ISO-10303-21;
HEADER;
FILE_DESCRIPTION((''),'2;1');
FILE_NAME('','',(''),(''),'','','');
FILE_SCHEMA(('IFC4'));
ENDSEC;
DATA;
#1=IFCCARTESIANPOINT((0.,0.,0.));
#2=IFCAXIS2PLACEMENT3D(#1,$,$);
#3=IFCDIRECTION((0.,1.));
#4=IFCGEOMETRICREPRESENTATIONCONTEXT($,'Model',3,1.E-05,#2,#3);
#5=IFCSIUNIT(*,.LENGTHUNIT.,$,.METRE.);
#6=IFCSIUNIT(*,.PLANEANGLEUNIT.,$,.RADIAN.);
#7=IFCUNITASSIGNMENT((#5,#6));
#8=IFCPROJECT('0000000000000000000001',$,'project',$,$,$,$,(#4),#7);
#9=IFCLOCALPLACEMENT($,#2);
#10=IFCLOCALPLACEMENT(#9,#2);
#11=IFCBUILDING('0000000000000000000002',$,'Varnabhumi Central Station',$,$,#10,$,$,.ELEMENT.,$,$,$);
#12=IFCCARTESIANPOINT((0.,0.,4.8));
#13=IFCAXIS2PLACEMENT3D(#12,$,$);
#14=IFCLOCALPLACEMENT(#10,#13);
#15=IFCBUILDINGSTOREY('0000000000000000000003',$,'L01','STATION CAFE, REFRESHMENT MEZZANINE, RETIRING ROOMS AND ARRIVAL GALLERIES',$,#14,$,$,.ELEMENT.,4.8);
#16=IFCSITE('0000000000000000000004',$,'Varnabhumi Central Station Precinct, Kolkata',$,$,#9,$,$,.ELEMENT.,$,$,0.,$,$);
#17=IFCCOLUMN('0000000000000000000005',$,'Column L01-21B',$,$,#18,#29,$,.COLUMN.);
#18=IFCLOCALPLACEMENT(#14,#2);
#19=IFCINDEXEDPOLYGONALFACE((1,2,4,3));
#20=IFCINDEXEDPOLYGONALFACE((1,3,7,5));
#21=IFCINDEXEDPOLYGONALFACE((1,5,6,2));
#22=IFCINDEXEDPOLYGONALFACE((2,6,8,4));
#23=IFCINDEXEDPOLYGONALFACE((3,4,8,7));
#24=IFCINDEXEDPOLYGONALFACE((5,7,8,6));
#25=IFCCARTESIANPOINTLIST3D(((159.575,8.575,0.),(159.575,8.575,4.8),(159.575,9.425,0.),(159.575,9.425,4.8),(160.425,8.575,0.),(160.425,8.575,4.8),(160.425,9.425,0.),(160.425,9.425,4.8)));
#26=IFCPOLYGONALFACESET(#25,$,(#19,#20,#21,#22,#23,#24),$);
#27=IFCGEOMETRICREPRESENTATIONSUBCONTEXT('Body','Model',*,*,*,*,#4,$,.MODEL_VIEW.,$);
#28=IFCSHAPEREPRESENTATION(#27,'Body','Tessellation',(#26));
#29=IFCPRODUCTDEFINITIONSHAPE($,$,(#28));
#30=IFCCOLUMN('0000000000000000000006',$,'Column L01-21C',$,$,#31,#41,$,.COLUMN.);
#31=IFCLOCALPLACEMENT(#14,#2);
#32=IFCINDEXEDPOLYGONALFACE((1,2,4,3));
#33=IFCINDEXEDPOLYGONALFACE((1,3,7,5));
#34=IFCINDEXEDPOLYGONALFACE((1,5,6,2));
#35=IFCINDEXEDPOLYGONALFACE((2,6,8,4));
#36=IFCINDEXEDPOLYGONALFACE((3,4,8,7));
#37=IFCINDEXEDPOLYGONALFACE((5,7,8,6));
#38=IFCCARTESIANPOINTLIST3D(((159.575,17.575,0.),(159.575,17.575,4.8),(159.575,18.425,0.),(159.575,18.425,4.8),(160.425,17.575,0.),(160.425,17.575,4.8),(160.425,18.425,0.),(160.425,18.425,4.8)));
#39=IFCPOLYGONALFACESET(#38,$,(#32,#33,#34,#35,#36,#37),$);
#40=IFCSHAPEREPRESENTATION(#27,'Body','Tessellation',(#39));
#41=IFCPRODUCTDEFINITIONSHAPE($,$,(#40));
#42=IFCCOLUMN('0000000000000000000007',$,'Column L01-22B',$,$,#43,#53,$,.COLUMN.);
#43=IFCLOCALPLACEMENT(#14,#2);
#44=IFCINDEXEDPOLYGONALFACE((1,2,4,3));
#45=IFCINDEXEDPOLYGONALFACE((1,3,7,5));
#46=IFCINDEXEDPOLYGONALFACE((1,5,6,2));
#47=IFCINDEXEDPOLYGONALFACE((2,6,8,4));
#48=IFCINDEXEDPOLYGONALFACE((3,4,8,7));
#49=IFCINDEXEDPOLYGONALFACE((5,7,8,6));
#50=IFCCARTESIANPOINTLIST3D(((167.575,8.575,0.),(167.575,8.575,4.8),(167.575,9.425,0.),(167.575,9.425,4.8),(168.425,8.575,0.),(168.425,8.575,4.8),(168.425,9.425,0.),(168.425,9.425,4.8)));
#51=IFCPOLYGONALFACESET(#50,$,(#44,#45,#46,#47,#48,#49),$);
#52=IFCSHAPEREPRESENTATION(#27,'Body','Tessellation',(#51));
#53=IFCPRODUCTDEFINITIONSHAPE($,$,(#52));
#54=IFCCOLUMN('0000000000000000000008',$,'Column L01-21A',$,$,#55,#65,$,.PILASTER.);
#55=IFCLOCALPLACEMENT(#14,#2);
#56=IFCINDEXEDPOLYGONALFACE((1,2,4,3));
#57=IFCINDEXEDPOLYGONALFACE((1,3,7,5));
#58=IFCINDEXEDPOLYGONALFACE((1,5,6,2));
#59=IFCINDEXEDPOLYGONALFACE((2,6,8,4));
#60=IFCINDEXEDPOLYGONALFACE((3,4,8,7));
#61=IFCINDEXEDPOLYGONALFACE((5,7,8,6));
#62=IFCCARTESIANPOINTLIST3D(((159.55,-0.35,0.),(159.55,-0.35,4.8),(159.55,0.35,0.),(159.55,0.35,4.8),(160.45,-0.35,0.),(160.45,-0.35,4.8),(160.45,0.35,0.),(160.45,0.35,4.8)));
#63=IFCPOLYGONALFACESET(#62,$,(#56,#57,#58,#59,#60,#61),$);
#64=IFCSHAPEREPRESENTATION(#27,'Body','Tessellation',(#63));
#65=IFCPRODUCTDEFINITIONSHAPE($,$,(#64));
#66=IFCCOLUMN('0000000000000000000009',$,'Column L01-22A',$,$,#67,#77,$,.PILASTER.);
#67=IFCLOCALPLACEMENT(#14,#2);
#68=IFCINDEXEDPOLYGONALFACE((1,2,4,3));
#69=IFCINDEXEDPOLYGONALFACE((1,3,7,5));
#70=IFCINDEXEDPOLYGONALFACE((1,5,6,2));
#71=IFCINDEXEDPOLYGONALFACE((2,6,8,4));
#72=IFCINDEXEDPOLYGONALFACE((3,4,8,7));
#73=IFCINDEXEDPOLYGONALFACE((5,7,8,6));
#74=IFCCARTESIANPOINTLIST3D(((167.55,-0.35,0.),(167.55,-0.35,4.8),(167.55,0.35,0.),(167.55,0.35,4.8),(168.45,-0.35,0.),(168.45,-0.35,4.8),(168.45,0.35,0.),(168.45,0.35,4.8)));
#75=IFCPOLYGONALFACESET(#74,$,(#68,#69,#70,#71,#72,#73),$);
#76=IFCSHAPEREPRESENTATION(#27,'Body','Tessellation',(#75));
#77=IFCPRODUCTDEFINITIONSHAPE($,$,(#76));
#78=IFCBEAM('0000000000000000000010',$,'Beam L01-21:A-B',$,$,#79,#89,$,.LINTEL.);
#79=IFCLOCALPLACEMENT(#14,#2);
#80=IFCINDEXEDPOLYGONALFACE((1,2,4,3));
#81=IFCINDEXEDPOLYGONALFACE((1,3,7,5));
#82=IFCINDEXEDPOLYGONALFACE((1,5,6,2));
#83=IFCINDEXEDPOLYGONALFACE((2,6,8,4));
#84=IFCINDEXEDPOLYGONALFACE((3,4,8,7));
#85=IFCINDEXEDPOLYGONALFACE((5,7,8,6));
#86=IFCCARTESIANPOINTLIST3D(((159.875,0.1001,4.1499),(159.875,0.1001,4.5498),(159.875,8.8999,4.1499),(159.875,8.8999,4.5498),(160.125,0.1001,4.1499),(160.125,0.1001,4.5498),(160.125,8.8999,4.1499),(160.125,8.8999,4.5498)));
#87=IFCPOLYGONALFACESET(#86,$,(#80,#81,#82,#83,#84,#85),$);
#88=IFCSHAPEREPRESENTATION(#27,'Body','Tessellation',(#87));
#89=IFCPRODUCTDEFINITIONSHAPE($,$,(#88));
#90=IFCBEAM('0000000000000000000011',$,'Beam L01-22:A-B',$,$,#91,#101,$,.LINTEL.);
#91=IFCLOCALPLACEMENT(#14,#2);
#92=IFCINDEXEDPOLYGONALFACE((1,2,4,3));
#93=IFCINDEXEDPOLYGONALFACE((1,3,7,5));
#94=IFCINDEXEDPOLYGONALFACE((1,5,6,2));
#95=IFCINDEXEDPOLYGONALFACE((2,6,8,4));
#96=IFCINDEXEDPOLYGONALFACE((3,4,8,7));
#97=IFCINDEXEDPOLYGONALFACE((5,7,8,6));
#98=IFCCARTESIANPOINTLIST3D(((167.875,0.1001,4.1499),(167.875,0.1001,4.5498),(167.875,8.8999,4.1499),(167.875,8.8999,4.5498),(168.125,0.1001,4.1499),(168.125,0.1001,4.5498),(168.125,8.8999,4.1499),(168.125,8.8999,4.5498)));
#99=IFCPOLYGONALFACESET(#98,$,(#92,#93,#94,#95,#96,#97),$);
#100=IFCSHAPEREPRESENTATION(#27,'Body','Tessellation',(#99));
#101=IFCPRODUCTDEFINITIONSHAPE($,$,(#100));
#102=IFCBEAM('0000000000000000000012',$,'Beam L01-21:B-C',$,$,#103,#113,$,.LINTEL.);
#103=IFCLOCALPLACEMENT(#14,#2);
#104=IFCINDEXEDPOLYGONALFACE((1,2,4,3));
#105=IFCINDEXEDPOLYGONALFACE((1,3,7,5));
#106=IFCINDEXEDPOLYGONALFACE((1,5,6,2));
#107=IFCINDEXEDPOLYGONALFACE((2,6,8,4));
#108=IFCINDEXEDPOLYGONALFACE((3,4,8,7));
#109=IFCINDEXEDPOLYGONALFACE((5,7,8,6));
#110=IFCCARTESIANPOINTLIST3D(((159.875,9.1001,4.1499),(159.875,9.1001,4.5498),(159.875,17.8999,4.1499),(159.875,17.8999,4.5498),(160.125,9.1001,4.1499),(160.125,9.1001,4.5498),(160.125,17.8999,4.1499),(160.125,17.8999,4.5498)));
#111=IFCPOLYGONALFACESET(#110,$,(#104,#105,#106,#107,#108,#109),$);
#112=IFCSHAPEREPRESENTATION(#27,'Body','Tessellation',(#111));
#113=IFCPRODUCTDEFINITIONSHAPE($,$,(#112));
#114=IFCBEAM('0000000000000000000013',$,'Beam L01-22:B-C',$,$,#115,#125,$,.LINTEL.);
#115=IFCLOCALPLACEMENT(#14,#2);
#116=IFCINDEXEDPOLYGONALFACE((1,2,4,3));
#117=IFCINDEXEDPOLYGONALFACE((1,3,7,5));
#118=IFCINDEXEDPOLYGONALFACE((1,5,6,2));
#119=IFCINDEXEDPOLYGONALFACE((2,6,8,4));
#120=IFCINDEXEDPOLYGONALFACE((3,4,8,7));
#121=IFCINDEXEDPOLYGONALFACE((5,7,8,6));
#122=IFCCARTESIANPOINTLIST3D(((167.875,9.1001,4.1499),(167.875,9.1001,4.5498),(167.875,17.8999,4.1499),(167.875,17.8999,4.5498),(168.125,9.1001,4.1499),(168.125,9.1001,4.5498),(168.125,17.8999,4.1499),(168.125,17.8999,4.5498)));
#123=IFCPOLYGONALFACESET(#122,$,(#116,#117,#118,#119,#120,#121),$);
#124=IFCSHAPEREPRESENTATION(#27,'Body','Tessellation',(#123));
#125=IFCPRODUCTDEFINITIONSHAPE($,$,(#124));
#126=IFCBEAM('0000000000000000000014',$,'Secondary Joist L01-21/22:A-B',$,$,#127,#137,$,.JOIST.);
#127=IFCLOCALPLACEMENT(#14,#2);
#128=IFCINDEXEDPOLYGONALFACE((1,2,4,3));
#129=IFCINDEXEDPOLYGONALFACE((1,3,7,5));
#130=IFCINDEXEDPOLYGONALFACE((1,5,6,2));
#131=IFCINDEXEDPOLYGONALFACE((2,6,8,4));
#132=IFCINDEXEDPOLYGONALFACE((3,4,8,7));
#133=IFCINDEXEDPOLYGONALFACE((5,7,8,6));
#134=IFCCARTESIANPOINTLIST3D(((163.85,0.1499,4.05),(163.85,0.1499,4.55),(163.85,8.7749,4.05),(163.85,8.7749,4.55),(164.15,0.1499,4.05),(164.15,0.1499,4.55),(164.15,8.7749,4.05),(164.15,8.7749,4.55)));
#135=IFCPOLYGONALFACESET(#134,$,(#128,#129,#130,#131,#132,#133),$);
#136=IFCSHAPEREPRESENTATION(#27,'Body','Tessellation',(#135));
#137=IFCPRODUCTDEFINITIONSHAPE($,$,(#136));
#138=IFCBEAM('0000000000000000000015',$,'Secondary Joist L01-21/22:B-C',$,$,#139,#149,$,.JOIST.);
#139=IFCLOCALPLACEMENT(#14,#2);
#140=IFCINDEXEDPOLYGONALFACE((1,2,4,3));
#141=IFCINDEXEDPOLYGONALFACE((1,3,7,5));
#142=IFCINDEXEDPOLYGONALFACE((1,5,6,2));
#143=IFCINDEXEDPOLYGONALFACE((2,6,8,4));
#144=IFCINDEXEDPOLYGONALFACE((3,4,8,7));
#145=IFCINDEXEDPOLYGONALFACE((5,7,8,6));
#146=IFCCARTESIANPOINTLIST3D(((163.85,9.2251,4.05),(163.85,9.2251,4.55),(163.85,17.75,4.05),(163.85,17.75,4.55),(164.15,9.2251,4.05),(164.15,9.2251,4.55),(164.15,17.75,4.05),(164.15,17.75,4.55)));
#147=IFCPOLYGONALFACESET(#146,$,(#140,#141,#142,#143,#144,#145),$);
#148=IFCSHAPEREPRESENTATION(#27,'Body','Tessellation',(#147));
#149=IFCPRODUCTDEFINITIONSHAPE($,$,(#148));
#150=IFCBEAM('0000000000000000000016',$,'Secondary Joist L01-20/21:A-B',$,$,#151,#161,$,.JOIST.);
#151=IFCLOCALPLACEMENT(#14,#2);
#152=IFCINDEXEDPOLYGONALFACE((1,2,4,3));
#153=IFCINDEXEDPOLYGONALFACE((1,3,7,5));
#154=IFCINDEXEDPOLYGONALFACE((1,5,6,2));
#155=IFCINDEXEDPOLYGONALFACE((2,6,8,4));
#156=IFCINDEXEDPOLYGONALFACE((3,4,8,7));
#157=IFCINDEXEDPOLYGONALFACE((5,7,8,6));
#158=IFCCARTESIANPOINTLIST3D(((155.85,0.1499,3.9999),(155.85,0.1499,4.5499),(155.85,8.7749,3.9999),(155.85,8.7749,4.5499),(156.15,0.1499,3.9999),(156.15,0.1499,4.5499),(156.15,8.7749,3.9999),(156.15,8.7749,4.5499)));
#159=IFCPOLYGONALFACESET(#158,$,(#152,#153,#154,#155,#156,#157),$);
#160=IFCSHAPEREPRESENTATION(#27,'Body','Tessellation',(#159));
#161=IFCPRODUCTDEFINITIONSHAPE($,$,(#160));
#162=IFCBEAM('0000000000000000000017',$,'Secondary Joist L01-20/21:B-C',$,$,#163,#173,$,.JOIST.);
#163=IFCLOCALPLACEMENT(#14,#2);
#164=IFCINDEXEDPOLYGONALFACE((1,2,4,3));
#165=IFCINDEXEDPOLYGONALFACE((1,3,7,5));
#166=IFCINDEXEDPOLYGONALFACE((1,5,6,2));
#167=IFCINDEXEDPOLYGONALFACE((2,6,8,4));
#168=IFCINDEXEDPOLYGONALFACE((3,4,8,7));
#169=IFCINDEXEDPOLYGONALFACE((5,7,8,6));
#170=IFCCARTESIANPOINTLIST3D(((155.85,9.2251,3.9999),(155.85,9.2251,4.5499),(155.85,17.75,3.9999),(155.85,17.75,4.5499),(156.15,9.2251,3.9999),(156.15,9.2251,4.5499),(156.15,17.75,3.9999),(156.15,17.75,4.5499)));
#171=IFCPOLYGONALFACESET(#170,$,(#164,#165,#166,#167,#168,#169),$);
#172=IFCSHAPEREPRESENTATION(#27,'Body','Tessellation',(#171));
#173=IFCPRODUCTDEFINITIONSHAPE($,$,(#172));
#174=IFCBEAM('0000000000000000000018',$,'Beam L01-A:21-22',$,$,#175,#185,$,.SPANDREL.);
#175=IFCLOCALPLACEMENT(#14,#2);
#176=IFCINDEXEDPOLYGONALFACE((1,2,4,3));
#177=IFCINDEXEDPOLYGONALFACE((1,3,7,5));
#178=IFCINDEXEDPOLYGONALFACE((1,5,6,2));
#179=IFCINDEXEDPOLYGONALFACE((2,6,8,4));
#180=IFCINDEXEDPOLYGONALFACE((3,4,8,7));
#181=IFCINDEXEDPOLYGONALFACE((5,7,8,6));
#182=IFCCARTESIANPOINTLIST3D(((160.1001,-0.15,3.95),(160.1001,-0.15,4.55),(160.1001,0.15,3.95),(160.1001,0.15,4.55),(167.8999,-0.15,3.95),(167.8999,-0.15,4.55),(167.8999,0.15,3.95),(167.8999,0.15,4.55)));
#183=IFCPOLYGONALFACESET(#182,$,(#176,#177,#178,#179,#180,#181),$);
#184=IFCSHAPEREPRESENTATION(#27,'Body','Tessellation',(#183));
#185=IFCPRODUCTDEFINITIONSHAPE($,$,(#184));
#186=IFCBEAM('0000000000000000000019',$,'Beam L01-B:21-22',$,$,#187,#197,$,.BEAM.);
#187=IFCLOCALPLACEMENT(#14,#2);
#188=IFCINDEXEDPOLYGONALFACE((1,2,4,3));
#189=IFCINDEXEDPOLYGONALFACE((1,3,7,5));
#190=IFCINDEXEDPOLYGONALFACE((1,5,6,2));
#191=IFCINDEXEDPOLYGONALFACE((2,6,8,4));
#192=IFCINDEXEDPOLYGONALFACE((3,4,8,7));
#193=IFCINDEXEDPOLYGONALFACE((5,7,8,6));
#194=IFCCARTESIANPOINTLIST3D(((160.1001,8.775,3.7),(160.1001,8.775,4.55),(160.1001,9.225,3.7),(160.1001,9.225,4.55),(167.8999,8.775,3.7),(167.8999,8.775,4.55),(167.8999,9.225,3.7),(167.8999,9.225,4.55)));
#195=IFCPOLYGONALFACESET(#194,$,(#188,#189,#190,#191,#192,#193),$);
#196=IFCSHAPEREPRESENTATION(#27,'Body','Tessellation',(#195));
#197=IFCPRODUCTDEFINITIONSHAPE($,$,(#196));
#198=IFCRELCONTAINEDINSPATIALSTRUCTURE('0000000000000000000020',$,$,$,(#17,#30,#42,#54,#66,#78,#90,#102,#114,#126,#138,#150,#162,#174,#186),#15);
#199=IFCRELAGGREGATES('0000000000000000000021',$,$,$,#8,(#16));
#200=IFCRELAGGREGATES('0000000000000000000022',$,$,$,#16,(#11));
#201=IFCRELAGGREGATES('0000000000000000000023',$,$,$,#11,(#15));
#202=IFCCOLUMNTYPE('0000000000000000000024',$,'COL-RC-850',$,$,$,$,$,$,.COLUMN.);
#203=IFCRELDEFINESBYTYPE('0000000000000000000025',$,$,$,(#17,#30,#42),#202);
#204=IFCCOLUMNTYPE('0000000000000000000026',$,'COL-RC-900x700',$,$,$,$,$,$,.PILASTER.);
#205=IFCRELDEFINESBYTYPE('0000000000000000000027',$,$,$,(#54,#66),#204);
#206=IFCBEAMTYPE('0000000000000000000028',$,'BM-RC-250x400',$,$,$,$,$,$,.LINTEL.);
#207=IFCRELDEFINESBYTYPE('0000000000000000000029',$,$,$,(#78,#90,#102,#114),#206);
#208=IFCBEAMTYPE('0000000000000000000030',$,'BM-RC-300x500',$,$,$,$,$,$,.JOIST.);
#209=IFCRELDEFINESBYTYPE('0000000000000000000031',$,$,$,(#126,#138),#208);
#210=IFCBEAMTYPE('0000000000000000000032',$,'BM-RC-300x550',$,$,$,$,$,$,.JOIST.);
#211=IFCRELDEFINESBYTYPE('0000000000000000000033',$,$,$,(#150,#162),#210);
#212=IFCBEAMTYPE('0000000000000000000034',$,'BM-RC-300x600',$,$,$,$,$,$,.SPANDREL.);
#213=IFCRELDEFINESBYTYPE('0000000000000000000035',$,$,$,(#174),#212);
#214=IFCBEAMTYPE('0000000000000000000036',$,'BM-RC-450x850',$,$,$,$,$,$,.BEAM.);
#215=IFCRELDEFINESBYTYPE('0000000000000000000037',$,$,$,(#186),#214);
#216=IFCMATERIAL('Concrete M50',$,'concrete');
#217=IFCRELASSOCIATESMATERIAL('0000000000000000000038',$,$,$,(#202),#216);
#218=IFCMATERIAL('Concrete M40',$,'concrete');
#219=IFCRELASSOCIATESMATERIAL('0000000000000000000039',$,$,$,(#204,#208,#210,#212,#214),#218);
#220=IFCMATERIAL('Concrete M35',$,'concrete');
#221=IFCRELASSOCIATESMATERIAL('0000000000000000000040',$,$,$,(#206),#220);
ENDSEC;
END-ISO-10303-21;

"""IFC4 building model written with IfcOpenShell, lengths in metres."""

from ifc_helpers import new_model, si_unit, direction, frame, origin, origin_2d, place, context, subcontext, project, spatial, rectangle, extrude, material, material_profile, profile_set, type_object, element, save


model = new_model("IFC4")

# Units and contexts
model_context = context("Model", 3, precision=1e-05, world=origin(), true_north=direction((0.0, 1.0)))
body_context = subcontext(model_context, "Body", "Model", "MODEL_VIEW")
ifc_project = project(units=[si_unit("LENGTHUNIT", "METRE"), si_unit("PLANEANGLEUNIT", "RADIAN")], contexts=[model_context])

# Site, building, storey
site_placement = place(None, origin())
site = spatial("IfcSite", under=ifc_project, at=site_placement, Name="Varnabhumi Central Station Precinct, Kolkata", CompositionType="ELEMENT", RefElevation=0.0)
building_placement = place(site_placement, origin())
building = spatial("IfcBuilding", under=site, at=building_placement, Name="Varnabhumi Central Station", CompositionType="ELEMENT")
storey_placement = place(building_placement, frame((0.0, 0.0, 4.8)))
storey = spatial("IfcBuildingStorey", under=building, at=storey_placement, Name="L01", Description="STATION CAFE, REFRESHMENT MEZZANINE, RETIRING ROOMS AND ARRIVAL GALLERIES", CompositionType="ELEMENT", Elevation=4.8)

# Columns
ifc_material_1 = material(Name="Concrete M50", Category="concrete")
ifc_material_profile_1 = material_profile(ifc_material_1, rectangle(XDim=0.8501, YDim=0.8501, at=origin_2d()), Name="Concrete M50", Category="concrete")
ifc_profile_set_1 = profile_set([ifc_material_profile_1], Name="Concrete M50")
column_type_1 = type_object("IfcColumnType", Name="COL-RC-850", PredefinedType="COLUMN", material=ifc_profile_set_1)
for number, where, z_axis, x_axis, name in (
    (1, (160.0, 9.0, 0.0), (0.0, 0.0, 1.0), (1.0, 0.0, 0.0), "Column L01-21B"),
    (2, (160.0, 18.0, 0.0), (0.0, 0.0, 1.0), (1.0, 0.0, 0.0), "Column L01-21C"),
    (3, (168.0, 9.0, 0.0), (0.0, 0.0, 1.0), (1.0, 0.0, 0.0), "Column L01-22B"),
):
    element("IfcColumn", number, at=place(storey_placement, frame(where, z_axis=z_axis, x_axis=x_axis)), inside=storey, type_object=column_type_1, Name=name, PredefinedType="COLUMN", context=body_context, shape_type="SweptSolid", body=[
        extrude(rectangle(XDim=0.8501, YDim=0.8501, at=origin_2d()), origin(), (0.0, 0.0, 1.0), 4.8),
    ])
ifc_material_2 = material(Name="Concrete M40", Category="concrete")
ifc_material_profile_2 = material_profile(ifc_material_2, rectangle(XDim=0.8999, YDim=0.7, at=origin_2d()), Name="Concrete M40", Category="concrete")
ifc_profile_set_2 = profile_set([ifc_material_profile_2], Name="Concrete M40")
column_type_2 = type_object("IfcColumnType", Name="COL-RC-900x700", PredefinedType="PILASTER", material=ifc_profile_set_2)
for number, where, z_axis, x_axis, name in (
    (4, (160.0, 0.0, 0.0), (0.0, 0.0, 1.0), (1.0, 0.0, 0.0), "Column L01-21A"),
    (5, (168.0, 0.0, 0.0), (0.0, 0.0, 1.0), (1.0, 0.0, 0.0), "Column L01-22A"),
):
    element("IfcColumn", number, at=place(storey_placement, frame(where, z_axis=z_axis, x_axis=x_axis)), inside=storey, type_object=column_type_2, Name=name, PredefinedType="PILASTER", context=body_context, shape_type="SweptSolid", body=[
        extrude(rectangle(XDim=0.8999, YDim=0.7, at=origin_2d()), origin(), (0.0, 0.0, 1.0), 4.8),
    ])

# Beams
ifc_material_3 = material(Name="Concrete M35", Category="concrete")
ifc_material_profile_3 = material_profile(ifc_material_3, rectangle(XDim=0.25, YDim=0.3999, at=origin_2d()), Name="Concrete M35", Category="concrete")
ifc_profile_set_3 = profile_set([ifc_material_profile_3], Name="Concrete M35")
beam_type_1 = type_object("IfcBeamType", Name="BM-RC-250x400", PredefinedType="LINTEL", material=ifc_profile_set_3)
for number, where, z_axis, x_axis, name in (
    (6, (160.0, 0.1001, 4.3499), (0.0, 1.0, 0.0), (-1.0, 0.0, 0.0), "Beam L01-21:A-B"),
    (7, (168.0, 0.1001, 4.3499), (0.0, 1.0, 0.0), (-1.0, 0.0, 0.0), "Beam L01-22:A-B"),
    (8, (160.0, 9.1001, 4.3499), (0.0, 1.0, 0.0), (-1.0, 0.0, 0.0), "Beam L01-21:B-C"),
    (9, (168.0, 9.1001, 4.3499), (0.0, 1.0, 0.0), (-1.0, 0.0, 0.0), "Beam L01-22:B-C"),
):
    element("IfcBeam", number, at=place(storey_placement, frame(where, z_axis=z_axis, x_axis=x_axis)), inside=storey, type_object=beam_type_1, Name=name, PredefinedType="LINTEL", context=body_context, shape_type="SweptSolid", body=[
        extrude(rectangle(XDim=0.25, YDim=0.3999, at=origin_2d()), origin(), (0.0, 0.0, 1.0), 8.7998),
    ])
ifc_material_profile_4 = material_profile(ifc_material_2, rectangle(XDim=0.3, YDim=0.5, at=origin_2d()), Name="Concrete M40", Category="concrete")
ifc_profile_set_4 = profile_set([ifc_material_profile_4], Name="Concrete M40")
beam_type_2 = type_object("IfcBeamType", Name="BM-RC-300x500", PredefinedType="JOIST", material=ifc_profile_set_4)
beam_1_placement = place(storey_placement, frame((164.0, 0.1499, 4.3), z_axis=(0.0, 1.0, 0.0), x_axis=(-1.0, 0.0, 0.0)))
element("IfcBeam", 10, at=beam_1_placement, inside=storey, type_object=beam_type_2, Name="Secondary Joist L01-21/22:A-B", PredefinedType="JOIST", context=body_context, shape_type="SweptSolid", body=[
    extrude(rectangle(XDim=0.3, YDim=0.5, at=origin_2d()), origin(), (0.0, 0.0, 1.0), 8.625),
])
beam_2_placement = place(storey_placement, frame((164.0, 9.2251, 4.3), z_axis=(0.0, 1.0, 0.0), x_axis=(-1.0, 0.0, 0.0)))
element("IfcBeam", 11, at=beam_2_placement, inside=storey, type_object=beam_type_2, Name="Secondary Joist L01-21/22:B-C", PredefinedType="JOIST", context=body_context, shape_type="SweptSolid", body=[
    extrude(rectangle(XDim=0.3, YDim=0.5, at=origin_2d()), origin(), (0.0, 0.0, 1.0), 8.5249),
])
ifc_material_profile_5 = material_profile(ifc_material_2, rectangle(XDim=0.3, YDim=0.55, at=origin_2d()), Name="Concrete M40", Category="concrete")
ifc_profile_set_5 = profile_set([ifc_material_profile_5], Name="Concrete M40")
beam_type_3 = type_object("IfcBeamType", Name="BM-RC-300x550", PredefinedType="JOIST", material=ifc_profile_set_5)
beam_3_placement = place(storey_placement, frame((156.0, 0.1499, 4.2749), z_axis=(0.0, 1.0, 0.0), x_axis=(-1.0, 0.0, 0.0)))
element("IfcBeam", 12, at=beam_3_placement, inside=storey, type_object=beam_type_3, Name="Secondary Joist L01-20/21:A-B", PredefinedType="JOIST", context=body_context, shape_type="SweptSolid", body=[
    extrude(rectangle(XDim=0.3, YDim=0.55, at=origin_2d()), origin(), (0.0, 0.0, 1.0), 8.625),
])
beam_4_placement = place(storey_placement, frame((156.0, 9.2251, 4.2749), z_axis=(0.0, 1.0, 0.0), x_axis=(-1.0, 0.0, 0.0)))
element("IfcBeam", 13, at=beam_4_placement, inside=storey, type_object=beam_type_3, Name="Secondary Joist L01-20/21:B-C", PredefinedType="JOIST", context=body_context, shape_type="SweptSolid", body=[
    extrude(rectangle(XDim=0.3, YDim=0.55, at=origin_2d()), origin(), (0.0, 0.0, 1.0), 8.5249),
])
ifc_material_profile_6 = material_profile(ifc_material_2, rectangle(XDim=0.3, YDim=0.6001, at=origin_2d()), Name="Concrete M40", Category="concrete")
ifc_profile_set_6 = profile_set([ifc_material_profile_6], Name="Concrete M40")
beam_type_4 = type_object("IfcBeamType", Name="BM-RC-300x600", PredefinedType="SPANDREL", material=ifc_profile_set_6)
beam_5_placement = place(storey_placement, frame((160.1001, 0.0, 4.25), z_axis=(1.0, 0.0, 0.0), x_axis=(0.0, 1.0, 0.0)))
element("IfcBeam", 14, at=beam_5_placement, inside=storey, type_object=beam_type_4, Name="Beam L01-A:21-22", PredefinedType="SPANDREL", context=body_context, shape_type="SweptSolid", body=[
    extrude(rectangle(XDim=0.3, YDim=0.6001, at=origin_2d()), origin(), (0.0, 0.0, 1.0), 7.7998),
])
ifc_material_profile_7 = material_profile(ifc_material_2, rectangle(XDim=0.45, YDim=0.8501, at=origin_2d()), Name="Concrete M40", Category="concrete")
ifc_profile_set_7 = profile_set([ifc_material_profile_7], Name="Concrete M40")
beam_type_5 = type_object("IfcBeamType", Name="BM-RC-450x850", PredefinedType="BEAM", material=ifc_profile_set_7)
beam_6_placement = place(storey_placement, frame((160.1001, 9.0, 4.125), z_axis=(1.0, 0.0, 0.0), x_axis=(0.0, 1.0, 0.0)))
element("IfcBeam", 15, at=beam_6_placement, inside=storey, type_object=beam_type_5, Name="Beam L01-B:21-22", PredefinedType="BEAM", context=body_context, shape_type="SweptSolid", body=[
    extrude(rectangle(XDim=0.45, YDim=0.8501, at=origin_2d()), origin(), (0.0, 0.0, 1.0), 7.7998),
])

save(model, "model.ifc")
